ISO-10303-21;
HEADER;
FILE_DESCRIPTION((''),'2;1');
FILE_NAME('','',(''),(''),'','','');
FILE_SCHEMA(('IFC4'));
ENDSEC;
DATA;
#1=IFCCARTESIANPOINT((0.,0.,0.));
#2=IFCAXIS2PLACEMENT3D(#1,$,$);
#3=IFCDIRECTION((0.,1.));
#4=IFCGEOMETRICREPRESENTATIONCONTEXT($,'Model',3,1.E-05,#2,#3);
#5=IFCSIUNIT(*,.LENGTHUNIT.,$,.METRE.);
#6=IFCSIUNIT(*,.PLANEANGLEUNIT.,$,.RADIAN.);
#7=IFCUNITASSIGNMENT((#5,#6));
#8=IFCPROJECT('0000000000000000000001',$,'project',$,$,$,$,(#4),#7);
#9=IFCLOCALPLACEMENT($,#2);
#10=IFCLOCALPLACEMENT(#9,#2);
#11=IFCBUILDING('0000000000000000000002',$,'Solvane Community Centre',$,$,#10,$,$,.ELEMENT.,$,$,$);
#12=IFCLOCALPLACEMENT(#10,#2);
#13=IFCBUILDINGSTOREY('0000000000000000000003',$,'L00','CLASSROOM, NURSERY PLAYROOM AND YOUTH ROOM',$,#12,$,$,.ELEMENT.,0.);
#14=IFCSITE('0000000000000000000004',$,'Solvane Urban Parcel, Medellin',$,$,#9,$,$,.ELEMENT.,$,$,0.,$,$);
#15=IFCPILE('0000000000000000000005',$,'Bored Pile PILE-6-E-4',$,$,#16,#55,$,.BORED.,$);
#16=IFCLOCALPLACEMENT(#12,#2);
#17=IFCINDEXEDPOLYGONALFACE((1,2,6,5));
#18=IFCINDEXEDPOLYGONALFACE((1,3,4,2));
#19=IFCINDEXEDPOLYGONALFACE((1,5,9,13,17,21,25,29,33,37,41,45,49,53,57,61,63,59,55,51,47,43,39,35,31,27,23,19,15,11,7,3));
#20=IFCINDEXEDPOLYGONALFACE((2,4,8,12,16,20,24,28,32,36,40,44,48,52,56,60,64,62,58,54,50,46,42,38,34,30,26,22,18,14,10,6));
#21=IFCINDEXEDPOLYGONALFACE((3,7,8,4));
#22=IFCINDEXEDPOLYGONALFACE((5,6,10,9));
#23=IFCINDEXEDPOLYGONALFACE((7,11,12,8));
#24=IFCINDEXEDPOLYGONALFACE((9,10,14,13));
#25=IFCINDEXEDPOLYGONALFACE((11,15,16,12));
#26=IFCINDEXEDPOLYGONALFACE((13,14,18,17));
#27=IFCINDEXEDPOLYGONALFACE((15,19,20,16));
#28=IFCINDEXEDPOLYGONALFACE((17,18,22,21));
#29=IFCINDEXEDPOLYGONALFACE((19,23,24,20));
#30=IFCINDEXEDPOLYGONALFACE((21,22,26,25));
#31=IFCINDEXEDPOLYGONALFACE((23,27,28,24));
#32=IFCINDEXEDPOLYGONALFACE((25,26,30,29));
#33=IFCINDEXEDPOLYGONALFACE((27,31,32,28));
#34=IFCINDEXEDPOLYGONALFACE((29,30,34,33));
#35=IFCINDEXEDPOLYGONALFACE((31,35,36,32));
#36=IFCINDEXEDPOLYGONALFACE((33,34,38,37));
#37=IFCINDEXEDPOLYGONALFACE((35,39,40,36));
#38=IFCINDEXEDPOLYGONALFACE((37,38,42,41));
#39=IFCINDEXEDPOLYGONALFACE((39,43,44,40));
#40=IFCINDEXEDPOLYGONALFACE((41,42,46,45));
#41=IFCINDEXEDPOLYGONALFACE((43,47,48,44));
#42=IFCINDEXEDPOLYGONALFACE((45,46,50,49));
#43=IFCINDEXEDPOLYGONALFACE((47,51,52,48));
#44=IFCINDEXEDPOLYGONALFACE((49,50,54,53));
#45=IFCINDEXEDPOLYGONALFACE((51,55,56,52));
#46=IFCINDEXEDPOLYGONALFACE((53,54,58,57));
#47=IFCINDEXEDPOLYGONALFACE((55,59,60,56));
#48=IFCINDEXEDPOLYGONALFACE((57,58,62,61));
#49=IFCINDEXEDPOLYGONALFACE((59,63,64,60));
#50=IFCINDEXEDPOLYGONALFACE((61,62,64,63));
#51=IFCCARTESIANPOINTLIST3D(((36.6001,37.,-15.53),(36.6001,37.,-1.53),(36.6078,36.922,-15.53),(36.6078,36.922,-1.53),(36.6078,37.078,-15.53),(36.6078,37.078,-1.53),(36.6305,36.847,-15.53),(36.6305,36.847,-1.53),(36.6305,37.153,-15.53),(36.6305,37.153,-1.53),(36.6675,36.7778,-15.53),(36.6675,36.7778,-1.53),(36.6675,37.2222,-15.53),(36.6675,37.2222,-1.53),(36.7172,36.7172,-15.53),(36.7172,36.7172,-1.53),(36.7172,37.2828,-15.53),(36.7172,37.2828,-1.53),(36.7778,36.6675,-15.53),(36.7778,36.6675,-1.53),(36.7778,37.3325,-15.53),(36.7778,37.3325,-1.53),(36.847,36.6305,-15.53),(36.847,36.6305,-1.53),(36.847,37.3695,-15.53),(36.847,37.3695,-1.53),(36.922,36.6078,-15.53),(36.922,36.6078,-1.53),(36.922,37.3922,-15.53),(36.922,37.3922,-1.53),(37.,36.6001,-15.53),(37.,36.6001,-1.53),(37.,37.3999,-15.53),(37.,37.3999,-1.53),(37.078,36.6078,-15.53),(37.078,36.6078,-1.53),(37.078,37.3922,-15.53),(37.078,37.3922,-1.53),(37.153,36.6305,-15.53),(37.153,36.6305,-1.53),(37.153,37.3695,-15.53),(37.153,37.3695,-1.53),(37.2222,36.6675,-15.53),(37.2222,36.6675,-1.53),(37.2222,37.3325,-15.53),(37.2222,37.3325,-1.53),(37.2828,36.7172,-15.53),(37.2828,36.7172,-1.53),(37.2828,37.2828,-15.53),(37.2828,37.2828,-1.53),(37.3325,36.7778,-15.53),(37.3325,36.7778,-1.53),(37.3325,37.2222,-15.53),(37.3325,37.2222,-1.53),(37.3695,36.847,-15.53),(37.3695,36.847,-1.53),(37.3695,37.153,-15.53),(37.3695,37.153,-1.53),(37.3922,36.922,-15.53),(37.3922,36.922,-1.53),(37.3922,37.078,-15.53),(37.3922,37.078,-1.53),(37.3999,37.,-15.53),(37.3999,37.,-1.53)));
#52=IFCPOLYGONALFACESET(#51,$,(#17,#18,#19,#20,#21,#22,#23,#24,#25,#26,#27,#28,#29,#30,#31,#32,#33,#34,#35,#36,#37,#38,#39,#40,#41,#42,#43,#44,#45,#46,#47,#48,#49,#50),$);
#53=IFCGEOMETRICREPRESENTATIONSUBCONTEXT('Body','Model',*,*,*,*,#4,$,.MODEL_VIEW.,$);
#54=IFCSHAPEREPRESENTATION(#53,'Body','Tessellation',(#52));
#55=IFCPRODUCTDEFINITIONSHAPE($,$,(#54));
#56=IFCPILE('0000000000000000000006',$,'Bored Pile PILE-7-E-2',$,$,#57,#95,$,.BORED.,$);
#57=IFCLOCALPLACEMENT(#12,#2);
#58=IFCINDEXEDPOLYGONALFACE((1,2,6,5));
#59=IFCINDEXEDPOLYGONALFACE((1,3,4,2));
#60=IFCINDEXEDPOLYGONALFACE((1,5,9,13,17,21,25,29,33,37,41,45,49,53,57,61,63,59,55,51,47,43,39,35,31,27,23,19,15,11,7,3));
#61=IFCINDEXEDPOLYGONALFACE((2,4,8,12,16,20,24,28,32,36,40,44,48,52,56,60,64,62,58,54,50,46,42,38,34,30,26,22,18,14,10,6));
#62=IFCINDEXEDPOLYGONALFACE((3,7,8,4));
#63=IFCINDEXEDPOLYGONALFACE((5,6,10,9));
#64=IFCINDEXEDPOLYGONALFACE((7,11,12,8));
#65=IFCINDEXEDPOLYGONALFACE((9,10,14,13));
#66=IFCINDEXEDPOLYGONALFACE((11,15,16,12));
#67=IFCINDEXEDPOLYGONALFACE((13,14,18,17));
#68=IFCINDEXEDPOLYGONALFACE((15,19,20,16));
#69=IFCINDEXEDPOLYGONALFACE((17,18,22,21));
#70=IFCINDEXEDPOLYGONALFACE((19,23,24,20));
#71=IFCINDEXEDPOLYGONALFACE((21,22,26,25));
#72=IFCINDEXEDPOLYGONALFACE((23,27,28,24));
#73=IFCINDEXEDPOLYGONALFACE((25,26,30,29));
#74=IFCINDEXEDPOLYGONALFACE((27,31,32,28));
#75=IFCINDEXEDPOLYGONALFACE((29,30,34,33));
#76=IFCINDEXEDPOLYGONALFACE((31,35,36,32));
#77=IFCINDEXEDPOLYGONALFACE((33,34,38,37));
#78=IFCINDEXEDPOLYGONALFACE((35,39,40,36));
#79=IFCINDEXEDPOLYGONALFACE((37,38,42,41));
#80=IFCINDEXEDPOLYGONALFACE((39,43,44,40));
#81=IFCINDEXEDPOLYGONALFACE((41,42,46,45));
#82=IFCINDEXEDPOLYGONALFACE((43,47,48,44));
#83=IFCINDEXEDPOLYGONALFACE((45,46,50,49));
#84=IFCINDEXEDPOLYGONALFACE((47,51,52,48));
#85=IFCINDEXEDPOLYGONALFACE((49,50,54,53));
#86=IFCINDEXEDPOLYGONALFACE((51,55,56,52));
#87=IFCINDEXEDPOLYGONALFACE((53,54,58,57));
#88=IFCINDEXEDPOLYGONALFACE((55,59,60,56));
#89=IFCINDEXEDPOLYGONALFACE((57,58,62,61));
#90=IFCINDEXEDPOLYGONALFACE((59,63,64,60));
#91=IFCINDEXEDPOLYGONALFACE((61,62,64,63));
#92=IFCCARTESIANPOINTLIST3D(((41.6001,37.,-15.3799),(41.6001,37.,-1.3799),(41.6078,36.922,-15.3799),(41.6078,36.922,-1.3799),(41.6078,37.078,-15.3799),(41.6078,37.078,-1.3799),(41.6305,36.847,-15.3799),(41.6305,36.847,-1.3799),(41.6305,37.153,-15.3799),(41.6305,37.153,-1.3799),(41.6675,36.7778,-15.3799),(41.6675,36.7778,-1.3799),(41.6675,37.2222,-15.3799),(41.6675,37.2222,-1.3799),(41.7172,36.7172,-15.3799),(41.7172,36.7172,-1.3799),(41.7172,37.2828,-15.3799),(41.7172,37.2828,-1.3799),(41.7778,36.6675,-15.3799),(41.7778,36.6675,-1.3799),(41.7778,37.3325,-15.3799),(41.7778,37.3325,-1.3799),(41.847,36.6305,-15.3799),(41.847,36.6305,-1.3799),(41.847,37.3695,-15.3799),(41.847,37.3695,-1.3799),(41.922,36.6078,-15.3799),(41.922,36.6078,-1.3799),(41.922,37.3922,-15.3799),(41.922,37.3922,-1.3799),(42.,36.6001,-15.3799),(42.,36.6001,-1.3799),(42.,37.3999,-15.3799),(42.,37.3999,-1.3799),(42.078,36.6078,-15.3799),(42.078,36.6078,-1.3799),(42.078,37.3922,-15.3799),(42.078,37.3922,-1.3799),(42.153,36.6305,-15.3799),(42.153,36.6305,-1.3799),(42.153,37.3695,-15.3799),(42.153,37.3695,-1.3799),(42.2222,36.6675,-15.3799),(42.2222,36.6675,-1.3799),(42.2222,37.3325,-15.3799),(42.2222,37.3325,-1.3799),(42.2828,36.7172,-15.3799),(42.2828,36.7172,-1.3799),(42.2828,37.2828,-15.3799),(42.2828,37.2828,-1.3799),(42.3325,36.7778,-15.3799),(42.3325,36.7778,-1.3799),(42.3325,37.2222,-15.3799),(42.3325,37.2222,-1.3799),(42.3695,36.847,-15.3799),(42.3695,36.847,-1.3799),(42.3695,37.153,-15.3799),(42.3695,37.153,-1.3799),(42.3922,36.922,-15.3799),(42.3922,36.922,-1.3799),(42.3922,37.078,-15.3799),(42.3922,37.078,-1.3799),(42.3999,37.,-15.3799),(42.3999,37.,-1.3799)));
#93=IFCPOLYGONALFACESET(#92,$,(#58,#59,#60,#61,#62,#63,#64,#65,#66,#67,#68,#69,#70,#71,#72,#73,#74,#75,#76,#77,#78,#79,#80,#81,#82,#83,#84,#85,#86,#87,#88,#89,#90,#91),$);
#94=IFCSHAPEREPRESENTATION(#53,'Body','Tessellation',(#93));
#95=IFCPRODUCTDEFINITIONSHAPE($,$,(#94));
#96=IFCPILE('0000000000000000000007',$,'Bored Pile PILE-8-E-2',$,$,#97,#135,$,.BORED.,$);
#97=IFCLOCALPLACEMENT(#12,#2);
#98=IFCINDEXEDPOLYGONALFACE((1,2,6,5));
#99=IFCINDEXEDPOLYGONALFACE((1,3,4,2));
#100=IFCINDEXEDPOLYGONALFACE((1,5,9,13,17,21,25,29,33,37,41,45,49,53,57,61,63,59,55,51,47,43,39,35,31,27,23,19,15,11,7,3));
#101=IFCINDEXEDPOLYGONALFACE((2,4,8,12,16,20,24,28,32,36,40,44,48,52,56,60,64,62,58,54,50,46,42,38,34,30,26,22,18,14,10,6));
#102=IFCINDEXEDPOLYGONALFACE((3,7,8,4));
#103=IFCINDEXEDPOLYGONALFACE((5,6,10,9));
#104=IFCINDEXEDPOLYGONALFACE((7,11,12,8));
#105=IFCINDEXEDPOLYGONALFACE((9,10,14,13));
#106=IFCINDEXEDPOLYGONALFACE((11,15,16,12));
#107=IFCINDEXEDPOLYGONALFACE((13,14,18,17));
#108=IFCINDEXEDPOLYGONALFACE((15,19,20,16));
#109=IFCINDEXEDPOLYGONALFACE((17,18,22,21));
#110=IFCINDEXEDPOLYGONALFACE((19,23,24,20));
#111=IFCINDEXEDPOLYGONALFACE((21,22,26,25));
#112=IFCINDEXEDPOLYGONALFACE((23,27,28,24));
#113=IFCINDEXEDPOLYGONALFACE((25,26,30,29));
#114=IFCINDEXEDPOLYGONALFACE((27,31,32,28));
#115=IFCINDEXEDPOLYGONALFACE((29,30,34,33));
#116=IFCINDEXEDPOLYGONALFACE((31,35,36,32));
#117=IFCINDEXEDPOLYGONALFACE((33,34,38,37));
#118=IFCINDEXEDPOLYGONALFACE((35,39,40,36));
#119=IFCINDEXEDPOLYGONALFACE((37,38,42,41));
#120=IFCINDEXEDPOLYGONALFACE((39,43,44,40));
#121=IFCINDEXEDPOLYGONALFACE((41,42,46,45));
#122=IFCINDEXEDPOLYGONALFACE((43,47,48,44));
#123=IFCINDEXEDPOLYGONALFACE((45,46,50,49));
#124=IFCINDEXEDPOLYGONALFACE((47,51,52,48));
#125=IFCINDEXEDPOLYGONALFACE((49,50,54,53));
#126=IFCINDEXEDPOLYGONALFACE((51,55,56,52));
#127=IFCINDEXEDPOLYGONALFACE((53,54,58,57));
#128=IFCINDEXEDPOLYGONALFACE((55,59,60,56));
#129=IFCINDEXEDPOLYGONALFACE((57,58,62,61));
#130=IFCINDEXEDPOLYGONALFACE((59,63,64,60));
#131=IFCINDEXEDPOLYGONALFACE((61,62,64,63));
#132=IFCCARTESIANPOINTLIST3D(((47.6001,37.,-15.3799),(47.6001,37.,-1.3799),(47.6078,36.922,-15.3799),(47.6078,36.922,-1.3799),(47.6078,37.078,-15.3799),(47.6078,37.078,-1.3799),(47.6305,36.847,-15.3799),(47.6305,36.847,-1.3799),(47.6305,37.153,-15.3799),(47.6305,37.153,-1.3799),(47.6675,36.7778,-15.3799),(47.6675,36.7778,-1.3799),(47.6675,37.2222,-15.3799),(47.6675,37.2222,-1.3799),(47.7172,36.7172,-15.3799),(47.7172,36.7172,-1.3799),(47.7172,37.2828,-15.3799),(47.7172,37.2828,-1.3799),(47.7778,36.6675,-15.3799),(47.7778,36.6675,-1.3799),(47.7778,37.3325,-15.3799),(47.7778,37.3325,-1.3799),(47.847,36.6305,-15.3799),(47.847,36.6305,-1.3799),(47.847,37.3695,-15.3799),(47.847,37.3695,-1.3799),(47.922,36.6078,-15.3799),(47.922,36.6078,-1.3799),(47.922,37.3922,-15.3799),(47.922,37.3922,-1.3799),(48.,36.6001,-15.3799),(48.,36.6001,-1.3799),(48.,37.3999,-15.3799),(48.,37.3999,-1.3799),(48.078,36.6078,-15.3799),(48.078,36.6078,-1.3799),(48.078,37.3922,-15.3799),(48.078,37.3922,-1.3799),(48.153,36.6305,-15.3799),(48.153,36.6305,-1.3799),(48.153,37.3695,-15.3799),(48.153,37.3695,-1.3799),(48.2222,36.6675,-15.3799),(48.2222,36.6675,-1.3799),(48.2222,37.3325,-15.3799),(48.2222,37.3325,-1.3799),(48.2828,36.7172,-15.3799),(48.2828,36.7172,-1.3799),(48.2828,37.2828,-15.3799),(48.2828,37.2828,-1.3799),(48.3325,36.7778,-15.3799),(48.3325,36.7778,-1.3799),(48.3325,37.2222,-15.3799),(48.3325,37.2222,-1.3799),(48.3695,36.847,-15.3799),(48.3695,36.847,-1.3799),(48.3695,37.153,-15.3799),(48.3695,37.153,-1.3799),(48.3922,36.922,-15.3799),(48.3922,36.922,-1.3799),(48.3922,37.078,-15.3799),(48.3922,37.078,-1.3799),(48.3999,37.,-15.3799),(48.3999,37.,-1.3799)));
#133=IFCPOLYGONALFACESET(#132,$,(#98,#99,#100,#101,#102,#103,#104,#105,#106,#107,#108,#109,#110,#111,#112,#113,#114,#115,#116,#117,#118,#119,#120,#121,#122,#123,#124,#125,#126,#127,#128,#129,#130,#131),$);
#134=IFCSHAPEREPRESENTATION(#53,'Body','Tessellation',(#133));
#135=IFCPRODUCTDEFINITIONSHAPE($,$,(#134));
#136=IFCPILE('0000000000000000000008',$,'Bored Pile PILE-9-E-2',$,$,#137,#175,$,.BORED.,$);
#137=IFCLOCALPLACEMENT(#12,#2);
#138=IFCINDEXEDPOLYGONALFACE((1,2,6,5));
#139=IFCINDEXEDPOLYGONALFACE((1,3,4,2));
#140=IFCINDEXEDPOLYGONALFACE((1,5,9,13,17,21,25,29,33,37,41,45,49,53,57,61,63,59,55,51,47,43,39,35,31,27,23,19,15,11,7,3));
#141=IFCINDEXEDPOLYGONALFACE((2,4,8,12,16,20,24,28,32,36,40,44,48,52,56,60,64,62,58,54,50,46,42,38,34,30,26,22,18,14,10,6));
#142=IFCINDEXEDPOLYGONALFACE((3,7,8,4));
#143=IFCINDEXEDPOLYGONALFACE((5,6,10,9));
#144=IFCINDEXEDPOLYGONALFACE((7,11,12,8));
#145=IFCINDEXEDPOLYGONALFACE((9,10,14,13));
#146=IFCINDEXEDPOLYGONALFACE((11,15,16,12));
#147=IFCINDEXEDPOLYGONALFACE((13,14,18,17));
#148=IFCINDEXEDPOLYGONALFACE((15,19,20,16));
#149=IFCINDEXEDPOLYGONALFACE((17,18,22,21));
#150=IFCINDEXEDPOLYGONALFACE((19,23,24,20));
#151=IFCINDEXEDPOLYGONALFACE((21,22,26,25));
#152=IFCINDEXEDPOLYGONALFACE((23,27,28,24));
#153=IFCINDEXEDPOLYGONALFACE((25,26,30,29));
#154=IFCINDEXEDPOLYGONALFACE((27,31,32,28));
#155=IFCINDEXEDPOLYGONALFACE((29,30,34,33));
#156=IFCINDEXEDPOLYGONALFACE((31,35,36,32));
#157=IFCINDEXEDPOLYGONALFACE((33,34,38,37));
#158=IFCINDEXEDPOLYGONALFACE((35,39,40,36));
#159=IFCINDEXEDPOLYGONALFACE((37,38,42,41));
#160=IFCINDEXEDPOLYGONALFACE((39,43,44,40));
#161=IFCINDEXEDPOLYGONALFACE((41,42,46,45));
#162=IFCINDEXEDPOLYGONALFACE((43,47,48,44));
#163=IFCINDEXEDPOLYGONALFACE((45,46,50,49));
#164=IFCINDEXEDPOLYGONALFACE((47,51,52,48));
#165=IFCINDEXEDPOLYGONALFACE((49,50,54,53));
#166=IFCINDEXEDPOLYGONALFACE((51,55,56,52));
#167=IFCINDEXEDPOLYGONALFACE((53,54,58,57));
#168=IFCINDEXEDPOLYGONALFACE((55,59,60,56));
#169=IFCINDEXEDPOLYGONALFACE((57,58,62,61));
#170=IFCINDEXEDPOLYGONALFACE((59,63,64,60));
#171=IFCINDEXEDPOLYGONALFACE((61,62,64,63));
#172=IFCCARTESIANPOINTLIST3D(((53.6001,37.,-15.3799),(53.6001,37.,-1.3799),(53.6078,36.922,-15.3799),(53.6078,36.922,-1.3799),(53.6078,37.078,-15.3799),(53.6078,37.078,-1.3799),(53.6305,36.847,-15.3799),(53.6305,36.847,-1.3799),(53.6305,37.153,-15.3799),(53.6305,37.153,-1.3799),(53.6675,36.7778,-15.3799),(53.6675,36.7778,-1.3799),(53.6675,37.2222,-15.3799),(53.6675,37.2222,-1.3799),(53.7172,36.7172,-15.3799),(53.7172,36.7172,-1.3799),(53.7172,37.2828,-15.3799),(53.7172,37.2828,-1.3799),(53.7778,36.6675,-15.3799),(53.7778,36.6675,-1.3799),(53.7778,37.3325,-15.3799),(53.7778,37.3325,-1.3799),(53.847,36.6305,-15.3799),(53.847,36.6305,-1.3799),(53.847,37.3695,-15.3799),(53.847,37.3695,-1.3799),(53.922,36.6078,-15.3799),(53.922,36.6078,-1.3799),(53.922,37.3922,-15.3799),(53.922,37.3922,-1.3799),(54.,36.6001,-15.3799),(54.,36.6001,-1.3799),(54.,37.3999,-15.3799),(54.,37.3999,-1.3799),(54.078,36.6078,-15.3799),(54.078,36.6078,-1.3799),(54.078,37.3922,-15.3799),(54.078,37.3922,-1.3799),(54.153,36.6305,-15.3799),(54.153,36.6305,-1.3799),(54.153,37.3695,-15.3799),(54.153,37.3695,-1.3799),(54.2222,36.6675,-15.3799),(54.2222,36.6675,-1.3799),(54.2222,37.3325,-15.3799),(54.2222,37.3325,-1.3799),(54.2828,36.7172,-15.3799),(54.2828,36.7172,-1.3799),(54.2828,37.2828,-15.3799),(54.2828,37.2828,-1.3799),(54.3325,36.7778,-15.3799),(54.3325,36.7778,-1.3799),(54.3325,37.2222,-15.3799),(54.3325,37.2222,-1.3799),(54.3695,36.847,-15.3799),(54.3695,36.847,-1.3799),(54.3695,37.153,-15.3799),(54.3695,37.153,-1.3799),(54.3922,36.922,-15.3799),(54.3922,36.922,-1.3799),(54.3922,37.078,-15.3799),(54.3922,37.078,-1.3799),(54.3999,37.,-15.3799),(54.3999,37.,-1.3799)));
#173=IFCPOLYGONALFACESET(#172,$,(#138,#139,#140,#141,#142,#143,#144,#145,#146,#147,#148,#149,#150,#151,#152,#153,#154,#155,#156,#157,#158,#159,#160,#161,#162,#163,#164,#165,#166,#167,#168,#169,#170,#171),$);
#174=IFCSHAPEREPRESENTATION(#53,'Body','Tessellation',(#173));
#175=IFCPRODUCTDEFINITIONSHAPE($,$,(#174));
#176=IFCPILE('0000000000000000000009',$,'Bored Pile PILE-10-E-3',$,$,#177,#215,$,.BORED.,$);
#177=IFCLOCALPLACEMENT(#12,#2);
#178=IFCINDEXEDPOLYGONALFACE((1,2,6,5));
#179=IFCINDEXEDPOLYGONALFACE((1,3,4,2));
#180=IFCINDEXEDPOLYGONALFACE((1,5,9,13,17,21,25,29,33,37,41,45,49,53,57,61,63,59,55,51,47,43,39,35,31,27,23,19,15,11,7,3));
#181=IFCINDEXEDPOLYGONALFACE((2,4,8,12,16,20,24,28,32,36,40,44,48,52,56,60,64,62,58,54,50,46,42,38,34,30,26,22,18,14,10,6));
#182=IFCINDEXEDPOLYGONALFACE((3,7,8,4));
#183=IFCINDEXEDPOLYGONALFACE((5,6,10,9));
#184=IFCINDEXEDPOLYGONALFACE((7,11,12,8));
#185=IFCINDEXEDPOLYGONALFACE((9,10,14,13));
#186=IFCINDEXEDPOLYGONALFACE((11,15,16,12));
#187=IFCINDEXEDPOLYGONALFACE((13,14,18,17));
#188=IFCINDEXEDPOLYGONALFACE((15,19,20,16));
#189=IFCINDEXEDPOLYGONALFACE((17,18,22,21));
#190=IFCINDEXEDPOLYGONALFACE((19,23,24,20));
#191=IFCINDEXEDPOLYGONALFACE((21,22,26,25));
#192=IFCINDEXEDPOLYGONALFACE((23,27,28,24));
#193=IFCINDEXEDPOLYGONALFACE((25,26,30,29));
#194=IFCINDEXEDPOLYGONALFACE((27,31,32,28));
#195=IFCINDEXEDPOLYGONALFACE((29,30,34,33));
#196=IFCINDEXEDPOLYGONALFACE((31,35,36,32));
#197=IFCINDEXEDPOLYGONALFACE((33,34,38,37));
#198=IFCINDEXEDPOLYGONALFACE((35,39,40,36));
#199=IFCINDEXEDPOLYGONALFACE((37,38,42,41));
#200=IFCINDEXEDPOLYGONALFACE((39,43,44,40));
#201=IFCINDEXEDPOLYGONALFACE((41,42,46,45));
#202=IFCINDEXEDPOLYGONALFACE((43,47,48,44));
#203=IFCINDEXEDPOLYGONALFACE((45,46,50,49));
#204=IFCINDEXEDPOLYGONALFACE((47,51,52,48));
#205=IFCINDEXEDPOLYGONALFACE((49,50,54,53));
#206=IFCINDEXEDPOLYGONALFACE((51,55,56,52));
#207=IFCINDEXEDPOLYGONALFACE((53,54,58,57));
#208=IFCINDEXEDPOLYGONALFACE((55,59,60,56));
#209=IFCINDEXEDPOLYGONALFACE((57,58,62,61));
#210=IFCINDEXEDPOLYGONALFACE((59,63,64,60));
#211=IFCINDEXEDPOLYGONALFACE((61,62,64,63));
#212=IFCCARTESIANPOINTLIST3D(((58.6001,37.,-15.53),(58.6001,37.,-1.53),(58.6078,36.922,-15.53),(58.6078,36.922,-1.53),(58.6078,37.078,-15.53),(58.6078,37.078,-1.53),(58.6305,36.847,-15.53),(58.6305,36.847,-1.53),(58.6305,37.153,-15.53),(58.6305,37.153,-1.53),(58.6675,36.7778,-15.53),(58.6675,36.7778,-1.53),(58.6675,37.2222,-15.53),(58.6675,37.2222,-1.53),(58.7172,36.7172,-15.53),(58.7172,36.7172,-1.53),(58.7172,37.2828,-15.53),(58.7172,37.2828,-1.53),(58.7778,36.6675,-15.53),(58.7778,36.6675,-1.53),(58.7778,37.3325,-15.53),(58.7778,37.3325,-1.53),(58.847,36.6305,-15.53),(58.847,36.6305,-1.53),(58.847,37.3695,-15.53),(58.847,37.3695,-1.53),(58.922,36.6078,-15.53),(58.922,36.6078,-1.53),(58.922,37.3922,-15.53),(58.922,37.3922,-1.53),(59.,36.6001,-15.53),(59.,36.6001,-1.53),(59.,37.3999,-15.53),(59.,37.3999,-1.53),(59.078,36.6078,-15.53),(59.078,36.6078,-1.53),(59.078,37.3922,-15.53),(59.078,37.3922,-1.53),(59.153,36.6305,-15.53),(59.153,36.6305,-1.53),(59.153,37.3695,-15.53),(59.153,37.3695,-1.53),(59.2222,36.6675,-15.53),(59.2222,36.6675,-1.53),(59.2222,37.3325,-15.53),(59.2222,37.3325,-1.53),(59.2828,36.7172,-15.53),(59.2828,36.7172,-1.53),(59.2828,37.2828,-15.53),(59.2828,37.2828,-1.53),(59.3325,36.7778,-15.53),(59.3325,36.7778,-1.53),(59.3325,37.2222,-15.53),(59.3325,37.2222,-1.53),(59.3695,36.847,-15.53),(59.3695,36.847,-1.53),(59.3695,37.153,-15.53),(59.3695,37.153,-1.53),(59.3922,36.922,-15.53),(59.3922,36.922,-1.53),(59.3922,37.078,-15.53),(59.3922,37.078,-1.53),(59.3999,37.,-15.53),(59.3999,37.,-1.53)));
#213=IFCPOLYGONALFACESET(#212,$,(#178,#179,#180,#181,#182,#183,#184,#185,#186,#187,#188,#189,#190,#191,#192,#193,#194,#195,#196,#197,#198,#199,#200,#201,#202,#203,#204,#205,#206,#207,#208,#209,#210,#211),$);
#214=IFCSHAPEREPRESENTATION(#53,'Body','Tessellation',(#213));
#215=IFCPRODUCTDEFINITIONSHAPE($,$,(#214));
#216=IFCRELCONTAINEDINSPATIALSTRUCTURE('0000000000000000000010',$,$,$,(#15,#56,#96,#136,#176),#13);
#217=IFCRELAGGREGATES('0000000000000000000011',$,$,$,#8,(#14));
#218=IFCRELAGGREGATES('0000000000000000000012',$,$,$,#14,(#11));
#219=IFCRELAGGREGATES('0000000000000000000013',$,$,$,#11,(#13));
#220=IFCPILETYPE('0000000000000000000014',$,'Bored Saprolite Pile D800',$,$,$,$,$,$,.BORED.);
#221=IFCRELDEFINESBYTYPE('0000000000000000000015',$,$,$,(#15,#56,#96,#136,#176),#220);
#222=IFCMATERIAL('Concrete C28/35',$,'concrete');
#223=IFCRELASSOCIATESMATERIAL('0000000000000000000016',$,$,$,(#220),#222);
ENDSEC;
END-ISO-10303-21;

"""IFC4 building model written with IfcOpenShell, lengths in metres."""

from ifc_helpers import new_model, si_unit, direction, frame, origin, origin_2d, place, context, subcontext, project, spatial, circle, extrude, material, material_profile, profile_set, type_object, element, save


model = new_model("IFC4")

# Units and contexts
model_context = context("Model", 3, precision=1e-05, world=origin(), true_north=direction((0.0, 1.0)))
body_context = subcontext(model_context, "Body", "Model", "MODEL_VIEW")
ifc_project = project(units=[si_unit("LENGTHUNIT", "METRE"), si_unit("PLANEANGLEUNIT", "RADIAN")], contexts=[model_context])

# Site, building, storey
site_placement = place(None, origin())
site = spatial("IfcSite", under=ifc_project, at=site_placement, Name="Solvane Urban Parcel, Medellin", CompositionType="ELEMENT", RefElevation=0.0)
building_placement = place(site_placement, origin())
building = spatial("IfcBuilding", under=site, at=building_placement, Name="Solvane Community Centre", CompositionType="ELEMENT")
storey_placement = place(building_placement, origin())
storey = spatial("IfcBuildingStorey", under=building, at=storey_placement, Name="L00", Description="CLASSROOM, NURSERY PLAYROOM AND YOUTH ROOM", CompositionType="ELEMENT", Elevation=0.0)

# Piles
ifc_material_1 = material(Name="Concrete C28/35", Category="concrete")
ifc_material_profile_1 = material_profile(ifc_material_1, circle(Radius=0.3999, at=origin_2d()), Name="PILE D800")
ifc_profile_set_1 = profile_set([ifc_material_profile_1], Name="Concrete C28/35")
pile_type = type_object("IfcPileType", Name="Bored Saprolite Pile D800", PredefinedType="BORED", material=ifc_profile_set_1)
for number, where, z_axis, x_axis, name in (
    (1, (37.0, 37.0, -1.53), (0.0, 0.0, -1.0), (1.0, 0.0, 0.0), "Bored Pile PILE-6-E-4"),
    (2, (42.0, 37.0, -1.3799), (0.0, 0.0, -1.0), (1.0, 0.0, 0.0), "Bored Pile PILE-7-E-2"),
    (3, (48.0, 37.0, -1.3799), (0.0, 0.0, -1.0), (1.0, 0.0, 0.0), "Bored Pile PILE-8-E-2"),
    (4, (54.0, 37.0, -1.3799), (0.0, 0.0, -1.0), (1.0, 0.0, 0.0), "Bored Pile PILE-9-E-2"),
    (5, (59.0, 37.0, -1.53), (0.0, 0.0, -1.0), (1.0, 0.0, 0.0), "Bored Pile PILE-10-E-3"),
):
    element("IfcPile", number, at=place(storey_placement, frame(where, z_axis=z_axis, x_axis=x_axis)), inside=storey, type_object=pile_type, Name=name, PredefinedType="BORED", context=body_context, shape_type="SweptSolid", body=[
        extrude(circle(Radius=0.3999, at=origin_2d()), origin(), (0.0, 0.0, 1.0), 14.0),
    ])

save(model, "model.ifc")
